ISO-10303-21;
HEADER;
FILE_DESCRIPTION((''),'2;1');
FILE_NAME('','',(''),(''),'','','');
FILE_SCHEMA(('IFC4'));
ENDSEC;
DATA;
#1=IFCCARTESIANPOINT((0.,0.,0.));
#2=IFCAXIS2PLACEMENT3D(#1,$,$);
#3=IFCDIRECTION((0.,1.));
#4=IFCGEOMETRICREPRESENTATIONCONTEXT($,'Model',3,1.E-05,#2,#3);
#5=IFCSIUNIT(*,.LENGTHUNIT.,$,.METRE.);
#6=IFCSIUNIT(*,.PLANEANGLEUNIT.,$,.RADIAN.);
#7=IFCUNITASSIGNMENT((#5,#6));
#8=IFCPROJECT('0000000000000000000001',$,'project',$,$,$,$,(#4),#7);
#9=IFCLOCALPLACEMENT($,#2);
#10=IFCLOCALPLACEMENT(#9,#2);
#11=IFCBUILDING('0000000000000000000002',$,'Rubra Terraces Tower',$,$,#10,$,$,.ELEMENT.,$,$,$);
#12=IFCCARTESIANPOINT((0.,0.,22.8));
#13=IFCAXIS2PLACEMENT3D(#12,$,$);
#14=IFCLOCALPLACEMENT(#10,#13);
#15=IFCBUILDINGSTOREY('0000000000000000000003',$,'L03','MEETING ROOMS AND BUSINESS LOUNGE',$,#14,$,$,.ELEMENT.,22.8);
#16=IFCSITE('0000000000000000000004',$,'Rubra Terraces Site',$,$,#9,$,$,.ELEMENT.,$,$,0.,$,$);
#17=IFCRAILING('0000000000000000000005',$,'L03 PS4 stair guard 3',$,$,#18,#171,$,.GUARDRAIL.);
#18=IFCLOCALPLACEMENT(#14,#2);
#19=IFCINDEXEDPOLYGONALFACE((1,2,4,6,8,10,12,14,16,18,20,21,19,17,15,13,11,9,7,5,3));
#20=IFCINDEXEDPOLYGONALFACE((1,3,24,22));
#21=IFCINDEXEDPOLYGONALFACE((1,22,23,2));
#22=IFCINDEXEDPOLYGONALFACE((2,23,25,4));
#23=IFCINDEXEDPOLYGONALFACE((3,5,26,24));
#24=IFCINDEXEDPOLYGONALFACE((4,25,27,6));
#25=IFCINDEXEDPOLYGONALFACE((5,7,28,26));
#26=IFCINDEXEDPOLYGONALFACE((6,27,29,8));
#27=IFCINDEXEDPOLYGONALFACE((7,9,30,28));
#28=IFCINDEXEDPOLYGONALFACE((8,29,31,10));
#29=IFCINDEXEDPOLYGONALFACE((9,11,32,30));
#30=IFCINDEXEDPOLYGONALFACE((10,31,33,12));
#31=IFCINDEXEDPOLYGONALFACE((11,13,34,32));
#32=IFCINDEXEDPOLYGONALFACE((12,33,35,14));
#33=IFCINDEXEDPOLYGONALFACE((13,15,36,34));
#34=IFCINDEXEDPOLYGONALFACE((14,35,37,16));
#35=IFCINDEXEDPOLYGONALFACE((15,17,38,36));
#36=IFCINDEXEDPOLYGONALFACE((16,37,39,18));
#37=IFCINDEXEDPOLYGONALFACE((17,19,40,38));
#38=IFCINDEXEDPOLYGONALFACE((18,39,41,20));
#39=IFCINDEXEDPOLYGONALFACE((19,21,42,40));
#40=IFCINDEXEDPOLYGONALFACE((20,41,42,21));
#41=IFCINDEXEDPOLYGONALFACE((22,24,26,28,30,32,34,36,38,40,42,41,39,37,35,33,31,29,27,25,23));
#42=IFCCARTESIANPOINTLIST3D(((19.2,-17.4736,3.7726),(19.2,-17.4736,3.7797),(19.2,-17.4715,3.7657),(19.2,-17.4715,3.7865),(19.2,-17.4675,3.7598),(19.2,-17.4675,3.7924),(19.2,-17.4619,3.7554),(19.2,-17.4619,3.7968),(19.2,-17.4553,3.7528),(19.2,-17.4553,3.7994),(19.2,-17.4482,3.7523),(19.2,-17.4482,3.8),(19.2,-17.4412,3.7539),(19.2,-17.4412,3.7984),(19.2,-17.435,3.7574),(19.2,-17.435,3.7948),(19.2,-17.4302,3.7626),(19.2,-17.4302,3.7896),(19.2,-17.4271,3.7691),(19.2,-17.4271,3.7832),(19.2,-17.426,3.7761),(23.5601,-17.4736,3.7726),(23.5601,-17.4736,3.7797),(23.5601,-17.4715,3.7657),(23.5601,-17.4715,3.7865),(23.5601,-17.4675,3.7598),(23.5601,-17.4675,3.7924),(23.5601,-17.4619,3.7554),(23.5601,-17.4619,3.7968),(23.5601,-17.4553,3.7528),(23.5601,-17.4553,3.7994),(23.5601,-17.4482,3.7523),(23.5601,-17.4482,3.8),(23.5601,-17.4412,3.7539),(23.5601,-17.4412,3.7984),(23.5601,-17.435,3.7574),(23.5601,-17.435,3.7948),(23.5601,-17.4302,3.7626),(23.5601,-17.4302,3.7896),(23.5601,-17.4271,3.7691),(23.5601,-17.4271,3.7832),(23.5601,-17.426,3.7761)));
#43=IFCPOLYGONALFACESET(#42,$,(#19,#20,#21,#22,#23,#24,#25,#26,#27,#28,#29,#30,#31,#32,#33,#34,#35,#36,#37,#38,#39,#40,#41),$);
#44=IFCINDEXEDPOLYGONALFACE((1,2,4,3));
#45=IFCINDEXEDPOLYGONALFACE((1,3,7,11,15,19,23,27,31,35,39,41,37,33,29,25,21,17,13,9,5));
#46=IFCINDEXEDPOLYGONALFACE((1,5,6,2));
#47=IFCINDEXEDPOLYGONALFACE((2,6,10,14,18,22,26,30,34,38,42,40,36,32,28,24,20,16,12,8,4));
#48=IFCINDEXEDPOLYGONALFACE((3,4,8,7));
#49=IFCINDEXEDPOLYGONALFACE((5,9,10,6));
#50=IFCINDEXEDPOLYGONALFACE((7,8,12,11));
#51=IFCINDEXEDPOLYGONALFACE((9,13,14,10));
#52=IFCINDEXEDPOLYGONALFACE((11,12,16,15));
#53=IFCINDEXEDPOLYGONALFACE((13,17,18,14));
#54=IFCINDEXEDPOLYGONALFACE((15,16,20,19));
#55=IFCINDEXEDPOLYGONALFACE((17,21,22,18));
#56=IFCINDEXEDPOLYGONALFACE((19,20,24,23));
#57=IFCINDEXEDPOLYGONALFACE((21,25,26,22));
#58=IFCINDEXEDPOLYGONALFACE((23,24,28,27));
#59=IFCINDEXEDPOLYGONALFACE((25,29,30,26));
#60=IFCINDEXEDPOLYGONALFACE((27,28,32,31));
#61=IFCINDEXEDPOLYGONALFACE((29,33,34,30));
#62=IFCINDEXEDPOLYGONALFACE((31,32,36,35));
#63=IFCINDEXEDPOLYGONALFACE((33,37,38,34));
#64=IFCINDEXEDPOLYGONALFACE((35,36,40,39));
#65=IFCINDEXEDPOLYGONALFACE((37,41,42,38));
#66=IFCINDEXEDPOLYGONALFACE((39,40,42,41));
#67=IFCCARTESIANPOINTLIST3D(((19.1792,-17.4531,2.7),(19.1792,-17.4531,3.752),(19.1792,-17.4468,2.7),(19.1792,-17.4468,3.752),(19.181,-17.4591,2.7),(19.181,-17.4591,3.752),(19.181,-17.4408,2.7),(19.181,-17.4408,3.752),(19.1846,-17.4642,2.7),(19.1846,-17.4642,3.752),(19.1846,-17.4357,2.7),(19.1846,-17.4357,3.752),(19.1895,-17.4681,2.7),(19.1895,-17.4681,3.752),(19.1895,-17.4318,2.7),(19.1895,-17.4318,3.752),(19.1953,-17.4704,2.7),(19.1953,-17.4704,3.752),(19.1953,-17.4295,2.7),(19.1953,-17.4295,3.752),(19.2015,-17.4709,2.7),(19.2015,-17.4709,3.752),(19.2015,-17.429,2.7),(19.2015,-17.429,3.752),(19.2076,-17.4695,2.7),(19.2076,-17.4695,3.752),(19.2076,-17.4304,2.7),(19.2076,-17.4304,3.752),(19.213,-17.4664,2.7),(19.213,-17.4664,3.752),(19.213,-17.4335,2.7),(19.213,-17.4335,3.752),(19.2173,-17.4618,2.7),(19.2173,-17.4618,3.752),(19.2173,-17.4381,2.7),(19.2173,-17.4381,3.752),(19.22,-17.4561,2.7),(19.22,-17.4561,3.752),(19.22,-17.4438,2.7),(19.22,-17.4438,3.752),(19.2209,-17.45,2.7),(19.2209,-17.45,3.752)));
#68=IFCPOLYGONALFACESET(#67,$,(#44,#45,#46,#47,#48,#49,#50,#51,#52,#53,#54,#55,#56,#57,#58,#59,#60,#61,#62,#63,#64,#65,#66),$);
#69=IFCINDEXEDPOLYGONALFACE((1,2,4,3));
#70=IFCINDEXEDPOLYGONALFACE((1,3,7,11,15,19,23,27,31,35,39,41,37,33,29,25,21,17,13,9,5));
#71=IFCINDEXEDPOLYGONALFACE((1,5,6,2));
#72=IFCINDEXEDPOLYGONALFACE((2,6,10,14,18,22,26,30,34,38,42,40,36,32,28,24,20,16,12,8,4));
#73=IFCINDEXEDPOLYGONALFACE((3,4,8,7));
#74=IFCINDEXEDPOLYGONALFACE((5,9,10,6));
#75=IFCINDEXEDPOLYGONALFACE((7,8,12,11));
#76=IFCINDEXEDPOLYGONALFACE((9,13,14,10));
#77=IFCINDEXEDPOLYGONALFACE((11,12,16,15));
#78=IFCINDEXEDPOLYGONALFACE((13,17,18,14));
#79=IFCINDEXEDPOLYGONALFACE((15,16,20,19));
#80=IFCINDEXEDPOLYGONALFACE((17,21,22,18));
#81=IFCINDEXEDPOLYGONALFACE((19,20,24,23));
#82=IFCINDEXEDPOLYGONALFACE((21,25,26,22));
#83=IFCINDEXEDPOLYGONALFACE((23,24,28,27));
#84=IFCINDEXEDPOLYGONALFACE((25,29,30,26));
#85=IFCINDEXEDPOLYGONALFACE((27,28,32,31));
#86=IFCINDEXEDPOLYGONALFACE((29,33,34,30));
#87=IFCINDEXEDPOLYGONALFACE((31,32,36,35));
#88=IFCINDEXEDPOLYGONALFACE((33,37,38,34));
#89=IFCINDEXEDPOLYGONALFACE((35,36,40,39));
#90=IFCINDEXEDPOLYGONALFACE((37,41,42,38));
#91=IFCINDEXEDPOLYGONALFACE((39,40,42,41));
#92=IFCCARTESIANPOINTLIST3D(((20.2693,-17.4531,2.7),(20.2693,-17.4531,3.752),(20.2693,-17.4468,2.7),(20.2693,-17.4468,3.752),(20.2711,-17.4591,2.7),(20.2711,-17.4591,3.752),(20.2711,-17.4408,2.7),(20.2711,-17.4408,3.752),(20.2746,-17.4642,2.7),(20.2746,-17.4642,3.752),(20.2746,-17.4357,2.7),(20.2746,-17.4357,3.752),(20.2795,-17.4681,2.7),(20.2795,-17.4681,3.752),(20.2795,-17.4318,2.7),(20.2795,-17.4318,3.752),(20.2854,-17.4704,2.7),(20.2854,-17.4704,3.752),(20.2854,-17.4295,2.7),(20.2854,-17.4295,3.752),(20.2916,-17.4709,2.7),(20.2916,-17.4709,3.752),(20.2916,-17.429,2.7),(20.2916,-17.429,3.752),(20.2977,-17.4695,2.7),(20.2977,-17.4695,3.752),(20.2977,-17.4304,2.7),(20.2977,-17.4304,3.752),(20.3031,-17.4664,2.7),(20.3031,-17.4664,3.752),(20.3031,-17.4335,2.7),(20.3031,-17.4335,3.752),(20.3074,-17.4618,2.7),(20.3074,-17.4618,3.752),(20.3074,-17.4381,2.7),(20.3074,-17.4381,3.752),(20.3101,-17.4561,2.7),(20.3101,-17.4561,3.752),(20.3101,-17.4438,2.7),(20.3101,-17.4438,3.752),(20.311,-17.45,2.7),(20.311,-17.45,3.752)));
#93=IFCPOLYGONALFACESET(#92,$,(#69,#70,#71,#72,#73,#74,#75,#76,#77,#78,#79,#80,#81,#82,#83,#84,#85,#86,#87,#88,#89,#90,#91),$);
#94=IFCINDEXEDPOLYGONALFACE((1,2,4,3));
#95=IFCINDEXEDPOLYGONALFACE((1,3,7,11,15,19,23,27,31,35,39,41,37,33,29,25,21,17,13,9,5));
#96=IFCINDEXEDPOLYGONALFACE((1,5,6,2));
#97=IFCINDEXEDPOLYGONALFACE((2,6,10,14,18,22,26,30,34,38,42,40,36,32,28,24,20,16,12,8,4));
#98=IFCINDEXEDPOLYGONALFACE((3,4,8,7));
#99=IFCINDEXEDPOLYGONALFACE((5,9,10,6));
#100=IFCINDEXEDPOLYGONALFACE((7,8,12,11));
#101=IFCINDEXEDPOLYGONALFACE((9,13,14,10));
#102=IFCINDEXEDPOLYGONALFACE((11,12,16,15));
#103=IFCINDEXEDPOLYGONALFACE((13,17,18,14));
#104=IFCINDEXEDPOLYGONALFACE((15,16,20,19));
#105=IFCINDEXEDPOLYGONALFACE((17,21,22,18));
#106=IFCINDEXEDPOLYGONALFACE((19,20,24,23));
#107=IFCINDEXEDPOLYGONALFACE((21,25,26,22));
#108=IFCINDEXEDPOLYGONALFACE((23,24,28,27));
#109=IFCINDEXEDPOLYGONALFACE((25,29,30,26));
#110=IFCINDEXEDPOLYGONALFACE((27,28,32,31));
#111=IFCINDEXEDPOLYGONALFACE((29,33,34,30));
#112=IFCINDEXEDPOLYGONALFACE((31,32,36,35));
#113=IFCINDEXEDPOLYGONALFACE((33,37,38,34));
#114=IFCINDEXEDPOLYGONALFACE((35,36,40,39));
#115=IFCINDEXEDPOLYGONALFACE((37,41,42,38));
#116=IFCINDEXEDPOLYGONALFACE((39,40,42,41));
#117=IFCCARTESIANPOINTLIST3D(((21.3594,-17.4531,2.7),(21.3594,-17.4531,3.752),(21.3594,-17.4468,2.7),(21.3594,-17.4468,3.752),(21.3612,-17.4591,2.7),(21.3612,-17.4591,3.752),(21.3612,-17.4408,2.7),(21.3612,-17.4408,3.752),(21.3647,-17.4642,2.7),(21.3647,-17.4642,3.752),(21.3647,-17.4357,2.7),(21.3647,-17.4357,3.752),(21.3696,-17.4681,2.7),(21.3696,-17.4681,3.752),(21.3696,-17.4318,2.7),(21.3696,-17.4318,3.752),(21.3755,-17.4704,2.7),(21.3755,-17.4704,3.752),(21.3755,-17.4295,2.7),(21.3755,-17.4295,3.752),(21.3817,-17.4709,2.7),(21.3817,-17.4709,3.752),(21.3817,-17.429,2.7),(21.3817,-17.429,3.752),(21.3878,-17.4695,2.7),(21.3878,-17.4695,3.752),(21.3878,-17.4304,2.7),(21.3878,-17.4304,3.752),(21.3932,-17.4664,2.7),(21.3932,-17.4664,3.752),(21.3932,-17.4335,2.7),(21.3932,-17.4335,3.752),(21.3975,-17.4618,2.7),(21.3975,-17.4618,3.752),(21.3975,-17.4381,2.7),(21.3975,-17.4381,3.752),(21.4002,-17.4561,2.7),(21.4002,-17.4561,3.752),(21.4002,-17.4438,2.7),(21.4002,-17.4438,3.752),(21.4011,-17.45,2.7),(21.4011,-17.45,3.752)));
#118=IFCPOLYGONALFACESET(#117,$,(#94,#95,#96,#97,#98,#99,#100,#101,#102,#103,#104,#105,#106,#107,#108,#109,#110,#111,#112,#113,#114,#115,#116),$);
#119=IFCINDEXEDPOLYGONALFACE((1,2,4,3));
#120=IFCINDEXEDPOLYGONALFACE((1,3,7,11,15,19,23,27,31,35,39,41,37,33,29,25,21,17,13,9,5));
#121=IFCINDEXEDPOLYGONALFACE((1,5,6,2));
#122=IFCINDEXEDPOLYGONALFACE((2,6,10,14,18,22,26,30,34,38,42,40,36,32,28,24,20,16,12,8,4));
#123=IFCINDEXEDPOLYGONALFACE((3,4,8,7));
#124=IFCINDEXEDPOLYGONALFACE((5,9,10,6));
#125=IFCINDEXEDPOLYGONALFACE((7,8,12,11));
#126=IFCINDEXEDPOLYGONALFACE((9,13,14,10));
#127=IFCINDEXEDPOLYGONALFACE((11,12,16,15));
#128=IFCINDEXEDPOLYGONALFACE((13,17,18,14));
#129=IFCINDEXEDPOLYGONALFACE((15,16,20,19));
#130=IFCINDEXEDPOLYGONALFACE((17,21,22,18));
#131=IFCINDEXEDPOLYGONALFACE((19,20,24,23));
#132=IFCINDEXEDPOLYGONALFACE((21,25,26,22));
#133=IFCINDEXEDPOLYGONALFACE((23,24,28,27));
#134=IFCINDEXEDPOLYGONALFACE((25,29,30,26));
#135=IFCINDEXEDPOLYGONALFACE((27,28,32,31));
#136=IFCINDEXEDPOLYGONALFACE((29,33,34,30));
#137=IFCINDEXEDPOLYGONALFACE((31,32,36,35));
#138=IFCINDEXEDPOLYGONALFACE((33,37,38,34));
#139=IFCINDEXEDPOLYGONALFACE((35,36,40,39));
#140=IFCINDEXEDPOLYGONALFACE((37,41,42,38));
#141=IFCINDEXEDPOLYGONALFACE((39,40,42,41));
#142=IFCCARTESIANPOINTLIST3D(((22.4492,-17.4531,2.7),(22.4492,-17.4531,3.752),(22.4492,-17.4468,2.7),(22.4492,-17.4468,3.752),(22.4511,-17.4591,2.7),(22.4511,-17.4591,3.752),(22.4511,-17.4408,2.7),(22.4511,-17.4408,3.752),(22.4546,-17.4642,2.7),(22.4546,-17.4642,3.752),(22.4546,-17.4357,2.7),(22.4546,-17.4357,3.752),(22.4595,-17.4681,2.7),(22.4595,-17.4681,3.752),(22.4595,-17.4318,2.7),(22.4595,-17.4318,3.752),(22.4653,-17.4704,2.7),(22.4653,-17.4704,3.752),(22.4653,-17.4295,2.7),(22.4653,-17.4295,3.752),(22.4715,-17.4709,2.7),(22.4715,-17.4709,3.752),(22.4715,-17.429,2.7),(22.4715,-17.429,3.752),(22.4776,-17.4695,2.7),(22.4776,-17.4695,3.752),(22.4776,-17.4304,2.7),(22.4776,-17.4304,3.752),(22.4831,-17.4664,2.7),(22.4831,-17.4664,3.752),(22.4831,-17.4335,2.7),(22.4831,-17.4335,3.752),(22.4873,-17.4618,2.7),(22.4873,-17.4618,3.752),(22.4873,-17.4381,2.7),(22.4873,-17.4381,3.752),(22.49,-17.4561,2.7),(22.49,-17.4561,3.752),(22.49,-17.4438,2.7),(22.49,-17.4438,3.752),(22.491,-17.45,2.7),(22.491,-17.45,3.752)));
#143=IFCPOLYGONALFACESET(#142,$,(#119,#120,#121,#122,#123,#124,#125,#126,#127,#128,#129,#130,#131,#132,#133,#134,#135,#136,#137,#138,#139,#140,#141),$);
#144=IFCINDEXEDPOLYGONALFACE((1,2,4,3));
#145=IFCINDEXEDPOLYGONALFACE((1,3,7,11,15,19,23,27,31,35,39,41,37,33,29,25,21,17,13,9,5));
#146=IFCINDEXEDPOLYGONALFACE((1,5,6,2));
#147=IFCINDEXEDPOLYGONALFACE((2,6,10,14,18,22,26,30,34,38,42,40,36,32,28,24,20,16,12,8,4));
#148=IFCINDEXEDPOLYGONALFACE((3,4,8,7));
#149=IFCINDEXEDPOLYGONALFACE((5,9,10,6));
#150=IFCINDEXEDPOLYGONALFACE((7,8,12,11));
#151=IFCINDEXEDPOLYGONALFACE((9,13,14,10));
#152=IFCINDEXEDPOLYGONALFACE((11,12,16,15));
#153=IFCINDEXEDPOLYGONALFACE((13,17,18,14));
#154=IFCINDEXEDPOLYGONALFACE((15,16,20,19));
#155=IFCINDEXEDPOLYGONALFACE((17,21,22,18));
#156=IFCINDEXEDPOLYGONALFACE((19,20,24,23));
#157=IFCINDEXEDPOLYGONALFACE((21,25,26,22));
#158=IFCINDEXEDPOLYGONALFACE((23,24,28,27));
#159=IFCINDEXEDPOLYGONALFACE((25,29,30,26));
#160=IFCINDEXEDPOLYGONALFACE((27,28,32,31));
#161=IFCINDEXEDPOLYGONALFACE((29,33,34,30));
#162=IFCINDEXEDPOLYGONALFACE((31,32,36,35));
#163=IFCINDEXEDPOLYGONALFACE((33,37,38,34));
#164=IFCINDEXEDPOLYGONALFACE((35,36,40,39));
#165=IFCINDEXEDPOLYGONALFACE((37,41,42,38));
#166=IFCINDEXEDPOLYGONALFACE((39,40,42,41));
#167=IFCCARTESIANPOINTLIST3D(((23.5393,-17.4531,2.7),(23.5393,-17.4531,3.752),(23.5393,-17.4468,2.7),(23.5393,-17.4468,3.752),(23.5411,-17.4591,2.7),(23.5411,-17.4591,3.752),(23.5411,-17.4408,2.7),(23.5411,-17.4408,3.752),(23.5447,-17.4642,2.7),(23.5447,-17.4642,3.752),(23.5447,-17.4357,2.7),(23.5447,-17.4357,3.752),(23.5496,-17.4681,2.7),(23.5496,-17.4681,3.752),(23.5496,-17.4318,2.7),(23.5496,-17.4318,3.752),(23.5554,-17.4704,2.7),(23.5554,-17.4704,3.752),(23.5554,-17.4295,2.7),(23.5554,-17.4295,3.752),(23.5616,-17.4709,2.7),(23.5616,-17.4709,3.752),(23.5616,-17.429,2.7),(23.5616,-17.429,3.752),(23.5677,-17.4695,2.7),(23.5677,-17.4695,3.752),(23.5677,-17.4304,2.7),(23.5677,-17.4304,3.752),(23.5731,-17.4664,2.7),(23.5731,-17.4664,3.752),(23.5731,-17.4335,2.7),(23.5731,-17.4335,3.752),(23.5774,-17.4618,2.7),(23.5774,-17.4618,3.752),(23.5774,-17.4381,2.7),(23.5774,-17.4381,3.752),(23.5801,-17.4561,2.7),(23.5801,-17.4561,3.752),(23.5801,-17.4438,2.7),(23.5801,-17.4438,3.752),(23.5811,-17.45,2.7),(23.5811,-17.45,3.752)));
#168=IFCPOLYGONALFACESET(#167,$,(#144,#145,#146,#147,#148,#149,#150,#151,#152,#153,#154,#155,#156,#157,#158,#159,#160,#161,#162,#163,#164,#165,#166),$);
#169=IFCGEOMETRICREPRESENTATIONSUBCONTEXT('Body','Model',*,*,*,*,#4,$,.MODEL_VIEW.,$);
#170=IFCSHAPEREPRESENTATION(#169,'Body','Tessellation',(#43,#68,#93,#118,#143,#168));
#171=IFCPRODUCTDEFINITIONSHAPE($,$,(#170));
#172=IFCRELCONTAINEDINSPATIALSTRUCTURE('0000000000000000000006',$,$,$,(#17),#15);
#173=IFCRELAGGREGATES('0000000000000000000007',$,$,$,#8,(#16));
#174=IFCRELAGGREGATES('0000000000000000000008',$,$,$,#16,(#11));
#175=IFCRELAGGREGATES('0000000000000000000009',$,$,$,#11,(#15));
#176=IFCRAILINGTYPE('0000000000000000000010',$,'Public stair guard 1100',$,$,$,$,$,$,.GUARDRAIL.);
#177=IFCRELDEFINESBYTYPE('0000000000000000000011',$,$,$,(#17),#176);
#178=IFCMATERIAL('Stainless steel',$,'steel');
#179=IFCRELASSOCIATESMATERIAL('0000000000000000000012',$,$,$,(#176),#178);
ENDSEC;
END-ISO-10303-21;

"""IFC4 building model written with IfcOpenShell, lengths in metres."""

from ifc_helpers import new_model, si_unit, direction, frame, origin, origin_2d, place, context, subcontext, project, spatial, circle, extrude, material, type_object, element, save


model = new_model("IFC4")

# Units and contexts
model_context = context("Model", 3, precision=1e-05, world=origin(), true_north=direction((0.0, 1.0)))
body_context = subcontext(model_context, "Body", "Model", "MODEL_VIEW")
ifc_project = project(units=[si_unit("LENGTHUNIT", "METRE"), si_unit("PLANEANGLEUNIT", "RADIAN")], contexts=[model_context])

# Site, building, storey
site_placement = place(None, origin())
site = spatial("IfcSite", under=ifc_project, at=site_placement, Name="Rubra Terraces Site", CompositionType="ELEMENT", RefElevation=0.0)
building_placement = place(site_placement, origin())
building = spatial("IfcBuilding", under=site, at=building_placement, Name="Rubra Terraces Tower", CompositionType="ELEMENT")
storey_placement = place(building_placement, frame((0.0, 0.0, 22.8)))
storey = spatial("IfcBuildingStorey", under=building, at=storey_placement, Name="L03", Description="MEETING ROOMS AND BUSINESS LOUNGE", CompositionType="ELEMENT", Elevation=22.8)

# Railing
ifc_material_1 = material(Name="Stainless steel", Category="steel")
railing_type_1 = type_object("IfcRailingType", Name="Public stair guard 1100", PredefinedType="GUARDRAIL", material=ifc_material_1)
for number, where, name in (
    (1, (19.2, -17.45, 2.7), "L03 PS4 stair guard 3"),
):
    element("IfcRailing", number, at=place(storey_placement, frame(where)), inside=storey, type_object=railing_type_1, Name=name, PredefinedType="GUARDRAIL", context=body_context, shape_type="SweptSolid", body=[
        extrude(circle(Radius=0.0239, at=origin_2d()), frame((0.0, 0.0, 1.0762), z_axis=(1.0, 0.0, 0.0), x_axis=(0.0, 1.0, 0.0)), (0.0, 0.0, 1.0), 4.3601),
        extrude(circle(Radius=0.021, at=origin_2d()), origin(), (0.0, 0.0, 1.0), 1.052),
        extrude(circle(Radius=0.021, at=origin_2d()), frame((1.0901, 0.0, 0.0)), (0.0, 0.0, 1.0), 1.052),
        extrude(circle(Radius=0.021, at=origin_2d()), frame((2.1802, 0.0, 0.0)), (0.0, 0.0, 1.0), 1.052),
        extrude(circle(Radius=0.021, at=origin_2d()), frame((3.27, 0.0, 0.0)), (0.0, 0.0, 1.0), 1.052),
        extrude(circle(Radius=0.021, at=origin_2d()), frame((4.3601, 0.0, 0.0)), (0.0, 0.0, 1.0), 1.052),
    ])

save(model, "model.ifc")
